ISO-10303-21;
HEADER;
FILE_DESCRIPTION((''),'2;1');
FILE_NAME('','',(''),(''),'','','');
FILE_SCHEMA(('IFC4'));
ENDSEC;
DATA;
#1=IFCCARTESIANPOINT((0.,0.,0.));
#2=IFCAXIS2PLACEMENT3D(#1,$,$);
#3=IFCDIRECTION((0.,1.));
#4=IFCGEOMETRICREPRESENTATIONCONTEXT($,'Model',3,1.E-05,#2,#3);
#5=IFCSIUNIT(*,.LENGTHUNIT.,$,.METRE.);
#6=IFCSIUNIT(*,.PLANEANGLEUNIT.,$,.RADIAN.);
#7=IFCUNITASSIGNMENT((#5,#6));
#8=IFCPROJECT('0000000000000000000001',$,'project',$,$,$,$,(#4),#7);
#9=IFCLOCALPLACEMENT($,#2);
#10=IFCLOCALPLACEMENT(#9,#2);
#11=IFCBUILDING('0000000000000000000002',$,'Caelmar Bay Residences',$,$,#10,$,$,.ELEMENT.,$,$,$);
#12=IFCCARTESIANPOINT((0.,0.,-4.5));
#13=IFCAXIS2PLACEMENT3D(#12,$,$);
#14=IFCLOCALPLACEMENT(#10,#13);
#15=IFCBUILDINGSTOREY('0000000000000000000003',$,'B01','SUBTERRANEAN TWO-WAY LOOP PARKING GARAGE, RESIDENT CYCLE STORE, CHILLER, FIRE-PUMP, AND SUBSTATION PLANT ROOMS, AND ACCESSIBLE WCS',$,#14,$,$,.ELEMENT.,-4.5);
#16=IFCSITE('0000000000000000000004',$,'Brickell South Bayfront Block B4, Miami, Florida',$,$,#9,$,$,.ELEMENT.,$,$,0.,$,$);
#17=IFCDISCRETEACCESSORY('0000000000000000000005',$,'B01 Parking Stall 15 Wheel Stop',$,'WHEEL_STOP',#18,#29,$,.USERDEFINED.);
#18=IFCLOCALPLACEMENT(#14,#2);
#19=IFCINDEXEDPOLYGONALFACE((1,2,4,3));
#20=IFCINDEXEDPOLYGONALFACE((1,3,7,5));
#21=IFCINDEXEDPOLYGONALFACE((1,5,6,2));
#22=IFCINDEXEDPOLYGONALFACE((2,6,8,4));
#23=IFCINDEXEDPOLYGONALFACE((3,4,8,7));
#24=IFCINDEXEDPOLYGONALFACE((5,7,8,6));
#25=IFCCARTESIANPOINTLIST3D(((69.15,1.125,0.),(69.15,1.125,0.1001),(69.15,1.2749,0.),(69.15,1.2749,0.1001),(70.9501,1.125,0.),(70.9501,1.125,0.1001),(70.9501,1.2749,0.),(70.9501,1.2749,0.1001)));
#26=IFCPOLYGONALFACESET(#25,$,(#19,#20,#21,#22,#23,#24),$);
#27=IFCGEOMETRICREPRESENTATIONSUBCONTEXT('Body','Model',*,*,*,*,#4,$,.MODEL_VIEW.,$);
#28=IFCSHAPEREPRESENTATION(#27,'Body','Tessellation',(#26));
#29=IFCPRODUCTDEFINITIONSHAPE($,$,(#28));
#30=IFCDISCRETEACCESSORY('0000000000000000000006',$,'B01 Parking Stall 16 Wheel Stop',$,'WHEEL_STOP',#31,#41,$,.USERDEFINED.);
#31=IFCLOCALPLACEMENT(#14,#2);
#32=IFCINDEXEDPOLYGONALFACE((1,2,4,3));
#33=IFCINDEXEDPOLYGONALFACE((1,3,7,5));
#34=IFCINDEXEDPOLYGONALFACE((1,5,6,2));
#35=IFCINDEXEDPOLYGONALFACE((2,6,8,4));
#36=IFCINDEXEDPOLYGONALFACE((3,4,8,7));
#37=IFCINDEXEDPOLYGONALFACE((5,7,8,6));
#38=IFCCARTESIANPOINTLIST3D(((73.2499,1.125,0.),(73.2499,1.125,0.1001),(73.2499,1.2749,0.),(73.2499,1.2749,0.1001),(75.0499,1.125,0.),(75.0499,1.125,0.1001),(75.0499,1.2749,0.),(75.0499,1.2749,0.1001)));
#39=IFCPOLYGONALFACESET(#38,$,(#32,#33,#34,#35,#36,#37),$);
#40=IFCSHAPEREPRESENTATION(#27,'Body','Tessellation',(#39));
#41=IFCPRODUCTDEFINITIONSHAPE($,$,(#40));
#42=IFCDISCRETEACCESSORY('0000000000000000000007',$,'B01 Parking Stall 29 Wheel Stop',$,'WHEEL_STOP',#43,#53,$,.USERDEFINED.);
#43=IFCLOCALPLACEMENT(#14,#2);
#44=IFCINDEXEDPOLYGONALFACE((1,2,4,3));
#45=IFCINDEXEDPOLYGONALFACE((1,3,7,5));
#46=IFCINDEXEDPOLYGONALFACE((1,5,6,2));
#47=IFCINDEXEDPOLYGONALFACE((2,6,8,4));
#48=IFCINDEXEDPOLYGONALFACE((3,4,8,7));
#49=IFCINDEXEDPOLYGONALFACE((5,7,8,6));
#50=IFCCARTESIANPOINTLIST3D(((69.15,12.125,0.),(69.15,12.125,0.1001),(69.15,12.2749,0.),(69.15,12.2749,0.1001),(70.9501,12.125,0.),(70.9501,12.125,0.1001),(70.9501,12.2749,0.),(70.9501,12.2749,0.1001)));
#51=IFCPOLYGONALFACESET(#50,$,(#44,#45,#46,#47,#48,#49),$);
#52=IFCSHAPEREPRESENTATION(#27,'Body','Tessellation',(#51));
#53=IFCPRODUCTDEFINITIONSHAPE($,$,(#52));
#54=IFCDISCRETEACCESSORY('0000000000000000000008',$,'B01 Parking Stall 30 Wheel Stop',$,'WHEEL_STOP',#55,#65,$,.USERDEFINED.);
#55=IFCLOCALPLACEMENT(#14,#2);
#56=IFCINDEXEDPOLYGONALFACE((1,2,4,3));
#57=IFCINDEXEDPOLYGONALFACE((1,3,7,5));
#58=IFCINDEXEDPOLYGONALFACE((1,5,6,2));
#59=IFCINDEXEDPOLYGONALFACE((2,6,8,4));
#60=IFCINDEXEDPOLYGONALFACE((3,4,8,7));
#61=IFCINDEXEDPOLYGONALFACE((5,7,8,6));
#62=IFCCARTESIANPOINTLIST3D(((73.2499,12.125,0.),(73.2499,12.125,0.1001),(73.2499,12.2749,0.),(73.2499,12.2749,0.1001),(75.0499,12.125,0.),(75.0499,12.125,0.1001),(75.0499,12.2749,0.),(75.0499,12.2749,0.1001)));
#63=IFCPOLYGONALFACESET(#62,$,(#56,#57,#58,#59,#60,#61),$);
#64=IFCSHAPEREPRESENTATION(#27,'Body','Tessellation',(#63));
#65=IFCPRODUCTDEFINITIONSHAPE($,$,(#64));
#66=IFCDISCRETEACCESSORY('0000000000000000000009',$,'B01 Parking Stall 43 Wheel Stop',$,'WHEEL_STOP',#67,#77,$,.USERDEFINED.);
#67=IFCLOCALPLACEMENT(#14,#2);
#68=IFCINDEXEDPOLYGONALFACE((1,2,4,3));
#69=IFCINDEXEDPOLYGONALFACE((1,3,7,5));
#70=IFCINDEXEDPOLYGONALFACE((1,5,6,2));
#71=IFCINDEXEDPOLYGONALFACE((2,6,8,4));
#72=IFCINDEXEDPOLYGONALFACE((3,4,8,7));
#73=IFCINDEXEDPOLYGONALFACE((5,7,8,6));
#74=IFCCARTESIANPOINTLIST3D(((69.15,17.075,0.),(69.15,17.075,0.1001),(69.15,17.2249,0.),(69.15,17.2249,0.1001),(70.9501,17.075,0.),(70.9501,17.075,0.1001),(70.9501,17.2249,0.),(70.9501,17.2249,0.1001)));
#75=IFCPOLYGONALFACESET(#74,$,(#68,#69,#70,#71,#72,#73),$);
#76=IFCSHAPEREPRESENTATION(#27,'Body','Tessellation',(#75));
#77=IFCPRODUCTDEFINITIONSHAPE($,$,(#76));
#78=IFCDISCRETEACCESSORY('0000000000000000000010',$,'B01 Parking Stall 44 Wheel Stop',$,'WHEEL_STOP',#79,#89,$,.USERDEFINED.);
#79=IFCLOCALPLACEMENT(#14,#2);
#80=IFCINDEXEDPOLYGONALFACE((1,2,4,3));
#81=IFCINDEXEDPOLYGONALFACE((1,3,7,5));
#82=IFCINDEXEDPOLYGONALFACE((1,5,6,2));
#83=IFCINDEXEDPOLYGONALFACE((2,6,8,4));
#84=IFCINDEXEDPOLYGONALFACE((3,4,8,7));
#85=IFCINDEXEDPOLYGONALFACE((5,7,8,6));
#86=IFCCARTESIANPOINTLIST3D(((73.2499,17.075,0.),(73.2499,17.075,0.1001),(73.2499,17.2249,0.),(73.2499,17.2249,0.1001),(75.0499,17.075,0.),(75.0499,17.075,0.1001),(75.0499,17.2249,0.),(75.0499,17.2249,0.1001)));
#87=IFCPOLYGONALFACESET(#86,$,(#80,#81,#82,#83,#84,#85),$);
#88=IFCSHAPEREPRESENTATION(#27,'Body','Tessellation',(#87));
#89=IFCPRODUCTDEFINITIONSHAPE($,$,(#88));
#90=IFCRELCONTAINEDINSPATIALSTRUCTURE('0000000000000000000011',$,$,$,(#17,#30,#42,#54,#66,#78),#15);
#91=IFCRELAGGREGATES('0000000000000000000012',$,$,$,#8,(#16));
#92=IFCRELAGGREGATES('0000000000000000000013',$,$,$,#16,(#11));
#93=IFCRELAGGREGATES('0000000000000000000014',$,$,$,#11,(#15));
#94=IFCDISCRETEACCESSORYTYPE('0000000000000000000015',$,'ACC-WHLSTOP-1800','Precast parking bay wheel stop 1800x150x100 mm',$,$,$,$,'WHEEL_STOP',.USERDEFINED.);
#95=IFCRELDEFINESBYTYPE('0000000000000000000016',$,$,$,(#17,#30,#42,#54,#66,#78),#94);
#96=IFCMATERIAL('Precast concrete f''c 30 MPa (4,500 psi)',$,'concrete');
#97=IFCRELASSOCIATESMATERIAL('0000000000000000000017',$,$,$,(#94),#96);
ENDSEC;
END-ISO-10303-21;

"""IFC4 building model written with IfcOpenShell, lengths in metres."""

from ifc_helpers import new_model, si_unit, direction, frame, origin, origin_2d, place, context, subcontext, project, spatial, rectangle, extrude, material, type_object, element, save


model = new_model("IFC4")

# Units and contexts
model_context = context("Model", 3, precision=1e-05, world=origin(), true_north=direction((0.0, 1.0)))
body_context = subcontext(model_context, "Body", "Model", "MODEL_VIEW")
ifc_project = project(units=[si_unit("LENGTHUNIT", "METRE"), si_unit("PLANEANGLEUNIT", "RADIAN")], contexts=[model_context])

# Site, building, storey
site_placement = place(None, origin())
site = spatial("IfcSite", under=ifc_project, at=site_placement, Name="Brickell South Bayfront Block B4, Miami, Florida", CompositionType="ELEMENT", RefElevation=0.0)
building_placement = place(site_placement, origin())
building = spatial("IfcBuilding", under=site, at=building_placement, Name="Caelmar Bay Residences", CompositionType="ELEMENT")
storey_placement = place(building_placement, frame((0.0, 0.0, -4.5)))
storey = spatial("IfcBuildingStorey", under=building, at=storey_placement, Name="B01", Description="SUBTERRANEAN TWO-WAY LOOP PARKING GARAGE, RESIDENT CYCLE STORE, CHILLER, FIRE-PUMP, AND SUBSTATION PLANT ROOMS, AND ACCESSIBLE WCS", CompositionType="ELEMENT", Elevation=-4.5)

# Discrete accessories
ifc_material_1 = material(Name="Precast concrete f'c 30 MPa (4,500 psi)", Category="concrete")
discrete_accessory_type = type_object("IfcDiscreteAccessoryType", Name="ACC-WHLSTOP-1800", Description="Precast parking bay wheel stop 1800x150x100 mm", ElementType="WHEEL_STOP", PredefinedType="USERDEFINED", material=ifc_material_1)
for number, where, z_axis, x_axis, name in (
    (1, (70.05, 1.2, 0.0), (0.0, 0.0, 1.0), (1.0, 0.0, 0.0), "B01 Parking Stall 15 Wheel Stop"),
    (2, (74.1499, 1.2, 0.0), (0.0, 0.0, 1.0), (1.0, 0.0, 0.0), "B01 Parking Stall 16 Wheel Stop"),
    (3, (70.05, 12.2, 0.0), (0.0, 0.0, 1.0), (1.0, 0.0, 0.0), "B01 Parking Stall 29 Wheel Stop"),
    (4, (74.1499, 12.2, 0.0), (0.0, 0.0, 1.0), (1.0, 0.0, 0.0), "B01 Parking Stall 30 Wheel Stop"),
    (5, (70.05, 17.1499, 0.0), (0.0, 0.0, 1.0), (1.0, 0.0, 0.0), "B01 Parking Stall 43 Wheel Stop"),
    (6, (74.1499, 17.1499, 0.0), (0.0, 0.0, 1.0), (1.0, 0.0, 0.0), "B01 Parking Stall 44 Wheel Stop"),
):
    element("IfcDiscreteAccessory", number, at=place(storey_placement, frame(where, z_axis=z_axis, x_axis=x_axis)), inside=storey, type_object=discrete_accessory_type, Name=name, ObjectType="WHEEL_STOP", PredefinedType="USERDEFINED", context=body_context, shape_type="SweptSolid", body=[
        extrude(rectangle(XDim=1.8, YDim=0.1499, at=origin_2d()), origin(), (0.0, 0.0, 1.0), 0.1001),
    ])

save(model, "model.ifc")
